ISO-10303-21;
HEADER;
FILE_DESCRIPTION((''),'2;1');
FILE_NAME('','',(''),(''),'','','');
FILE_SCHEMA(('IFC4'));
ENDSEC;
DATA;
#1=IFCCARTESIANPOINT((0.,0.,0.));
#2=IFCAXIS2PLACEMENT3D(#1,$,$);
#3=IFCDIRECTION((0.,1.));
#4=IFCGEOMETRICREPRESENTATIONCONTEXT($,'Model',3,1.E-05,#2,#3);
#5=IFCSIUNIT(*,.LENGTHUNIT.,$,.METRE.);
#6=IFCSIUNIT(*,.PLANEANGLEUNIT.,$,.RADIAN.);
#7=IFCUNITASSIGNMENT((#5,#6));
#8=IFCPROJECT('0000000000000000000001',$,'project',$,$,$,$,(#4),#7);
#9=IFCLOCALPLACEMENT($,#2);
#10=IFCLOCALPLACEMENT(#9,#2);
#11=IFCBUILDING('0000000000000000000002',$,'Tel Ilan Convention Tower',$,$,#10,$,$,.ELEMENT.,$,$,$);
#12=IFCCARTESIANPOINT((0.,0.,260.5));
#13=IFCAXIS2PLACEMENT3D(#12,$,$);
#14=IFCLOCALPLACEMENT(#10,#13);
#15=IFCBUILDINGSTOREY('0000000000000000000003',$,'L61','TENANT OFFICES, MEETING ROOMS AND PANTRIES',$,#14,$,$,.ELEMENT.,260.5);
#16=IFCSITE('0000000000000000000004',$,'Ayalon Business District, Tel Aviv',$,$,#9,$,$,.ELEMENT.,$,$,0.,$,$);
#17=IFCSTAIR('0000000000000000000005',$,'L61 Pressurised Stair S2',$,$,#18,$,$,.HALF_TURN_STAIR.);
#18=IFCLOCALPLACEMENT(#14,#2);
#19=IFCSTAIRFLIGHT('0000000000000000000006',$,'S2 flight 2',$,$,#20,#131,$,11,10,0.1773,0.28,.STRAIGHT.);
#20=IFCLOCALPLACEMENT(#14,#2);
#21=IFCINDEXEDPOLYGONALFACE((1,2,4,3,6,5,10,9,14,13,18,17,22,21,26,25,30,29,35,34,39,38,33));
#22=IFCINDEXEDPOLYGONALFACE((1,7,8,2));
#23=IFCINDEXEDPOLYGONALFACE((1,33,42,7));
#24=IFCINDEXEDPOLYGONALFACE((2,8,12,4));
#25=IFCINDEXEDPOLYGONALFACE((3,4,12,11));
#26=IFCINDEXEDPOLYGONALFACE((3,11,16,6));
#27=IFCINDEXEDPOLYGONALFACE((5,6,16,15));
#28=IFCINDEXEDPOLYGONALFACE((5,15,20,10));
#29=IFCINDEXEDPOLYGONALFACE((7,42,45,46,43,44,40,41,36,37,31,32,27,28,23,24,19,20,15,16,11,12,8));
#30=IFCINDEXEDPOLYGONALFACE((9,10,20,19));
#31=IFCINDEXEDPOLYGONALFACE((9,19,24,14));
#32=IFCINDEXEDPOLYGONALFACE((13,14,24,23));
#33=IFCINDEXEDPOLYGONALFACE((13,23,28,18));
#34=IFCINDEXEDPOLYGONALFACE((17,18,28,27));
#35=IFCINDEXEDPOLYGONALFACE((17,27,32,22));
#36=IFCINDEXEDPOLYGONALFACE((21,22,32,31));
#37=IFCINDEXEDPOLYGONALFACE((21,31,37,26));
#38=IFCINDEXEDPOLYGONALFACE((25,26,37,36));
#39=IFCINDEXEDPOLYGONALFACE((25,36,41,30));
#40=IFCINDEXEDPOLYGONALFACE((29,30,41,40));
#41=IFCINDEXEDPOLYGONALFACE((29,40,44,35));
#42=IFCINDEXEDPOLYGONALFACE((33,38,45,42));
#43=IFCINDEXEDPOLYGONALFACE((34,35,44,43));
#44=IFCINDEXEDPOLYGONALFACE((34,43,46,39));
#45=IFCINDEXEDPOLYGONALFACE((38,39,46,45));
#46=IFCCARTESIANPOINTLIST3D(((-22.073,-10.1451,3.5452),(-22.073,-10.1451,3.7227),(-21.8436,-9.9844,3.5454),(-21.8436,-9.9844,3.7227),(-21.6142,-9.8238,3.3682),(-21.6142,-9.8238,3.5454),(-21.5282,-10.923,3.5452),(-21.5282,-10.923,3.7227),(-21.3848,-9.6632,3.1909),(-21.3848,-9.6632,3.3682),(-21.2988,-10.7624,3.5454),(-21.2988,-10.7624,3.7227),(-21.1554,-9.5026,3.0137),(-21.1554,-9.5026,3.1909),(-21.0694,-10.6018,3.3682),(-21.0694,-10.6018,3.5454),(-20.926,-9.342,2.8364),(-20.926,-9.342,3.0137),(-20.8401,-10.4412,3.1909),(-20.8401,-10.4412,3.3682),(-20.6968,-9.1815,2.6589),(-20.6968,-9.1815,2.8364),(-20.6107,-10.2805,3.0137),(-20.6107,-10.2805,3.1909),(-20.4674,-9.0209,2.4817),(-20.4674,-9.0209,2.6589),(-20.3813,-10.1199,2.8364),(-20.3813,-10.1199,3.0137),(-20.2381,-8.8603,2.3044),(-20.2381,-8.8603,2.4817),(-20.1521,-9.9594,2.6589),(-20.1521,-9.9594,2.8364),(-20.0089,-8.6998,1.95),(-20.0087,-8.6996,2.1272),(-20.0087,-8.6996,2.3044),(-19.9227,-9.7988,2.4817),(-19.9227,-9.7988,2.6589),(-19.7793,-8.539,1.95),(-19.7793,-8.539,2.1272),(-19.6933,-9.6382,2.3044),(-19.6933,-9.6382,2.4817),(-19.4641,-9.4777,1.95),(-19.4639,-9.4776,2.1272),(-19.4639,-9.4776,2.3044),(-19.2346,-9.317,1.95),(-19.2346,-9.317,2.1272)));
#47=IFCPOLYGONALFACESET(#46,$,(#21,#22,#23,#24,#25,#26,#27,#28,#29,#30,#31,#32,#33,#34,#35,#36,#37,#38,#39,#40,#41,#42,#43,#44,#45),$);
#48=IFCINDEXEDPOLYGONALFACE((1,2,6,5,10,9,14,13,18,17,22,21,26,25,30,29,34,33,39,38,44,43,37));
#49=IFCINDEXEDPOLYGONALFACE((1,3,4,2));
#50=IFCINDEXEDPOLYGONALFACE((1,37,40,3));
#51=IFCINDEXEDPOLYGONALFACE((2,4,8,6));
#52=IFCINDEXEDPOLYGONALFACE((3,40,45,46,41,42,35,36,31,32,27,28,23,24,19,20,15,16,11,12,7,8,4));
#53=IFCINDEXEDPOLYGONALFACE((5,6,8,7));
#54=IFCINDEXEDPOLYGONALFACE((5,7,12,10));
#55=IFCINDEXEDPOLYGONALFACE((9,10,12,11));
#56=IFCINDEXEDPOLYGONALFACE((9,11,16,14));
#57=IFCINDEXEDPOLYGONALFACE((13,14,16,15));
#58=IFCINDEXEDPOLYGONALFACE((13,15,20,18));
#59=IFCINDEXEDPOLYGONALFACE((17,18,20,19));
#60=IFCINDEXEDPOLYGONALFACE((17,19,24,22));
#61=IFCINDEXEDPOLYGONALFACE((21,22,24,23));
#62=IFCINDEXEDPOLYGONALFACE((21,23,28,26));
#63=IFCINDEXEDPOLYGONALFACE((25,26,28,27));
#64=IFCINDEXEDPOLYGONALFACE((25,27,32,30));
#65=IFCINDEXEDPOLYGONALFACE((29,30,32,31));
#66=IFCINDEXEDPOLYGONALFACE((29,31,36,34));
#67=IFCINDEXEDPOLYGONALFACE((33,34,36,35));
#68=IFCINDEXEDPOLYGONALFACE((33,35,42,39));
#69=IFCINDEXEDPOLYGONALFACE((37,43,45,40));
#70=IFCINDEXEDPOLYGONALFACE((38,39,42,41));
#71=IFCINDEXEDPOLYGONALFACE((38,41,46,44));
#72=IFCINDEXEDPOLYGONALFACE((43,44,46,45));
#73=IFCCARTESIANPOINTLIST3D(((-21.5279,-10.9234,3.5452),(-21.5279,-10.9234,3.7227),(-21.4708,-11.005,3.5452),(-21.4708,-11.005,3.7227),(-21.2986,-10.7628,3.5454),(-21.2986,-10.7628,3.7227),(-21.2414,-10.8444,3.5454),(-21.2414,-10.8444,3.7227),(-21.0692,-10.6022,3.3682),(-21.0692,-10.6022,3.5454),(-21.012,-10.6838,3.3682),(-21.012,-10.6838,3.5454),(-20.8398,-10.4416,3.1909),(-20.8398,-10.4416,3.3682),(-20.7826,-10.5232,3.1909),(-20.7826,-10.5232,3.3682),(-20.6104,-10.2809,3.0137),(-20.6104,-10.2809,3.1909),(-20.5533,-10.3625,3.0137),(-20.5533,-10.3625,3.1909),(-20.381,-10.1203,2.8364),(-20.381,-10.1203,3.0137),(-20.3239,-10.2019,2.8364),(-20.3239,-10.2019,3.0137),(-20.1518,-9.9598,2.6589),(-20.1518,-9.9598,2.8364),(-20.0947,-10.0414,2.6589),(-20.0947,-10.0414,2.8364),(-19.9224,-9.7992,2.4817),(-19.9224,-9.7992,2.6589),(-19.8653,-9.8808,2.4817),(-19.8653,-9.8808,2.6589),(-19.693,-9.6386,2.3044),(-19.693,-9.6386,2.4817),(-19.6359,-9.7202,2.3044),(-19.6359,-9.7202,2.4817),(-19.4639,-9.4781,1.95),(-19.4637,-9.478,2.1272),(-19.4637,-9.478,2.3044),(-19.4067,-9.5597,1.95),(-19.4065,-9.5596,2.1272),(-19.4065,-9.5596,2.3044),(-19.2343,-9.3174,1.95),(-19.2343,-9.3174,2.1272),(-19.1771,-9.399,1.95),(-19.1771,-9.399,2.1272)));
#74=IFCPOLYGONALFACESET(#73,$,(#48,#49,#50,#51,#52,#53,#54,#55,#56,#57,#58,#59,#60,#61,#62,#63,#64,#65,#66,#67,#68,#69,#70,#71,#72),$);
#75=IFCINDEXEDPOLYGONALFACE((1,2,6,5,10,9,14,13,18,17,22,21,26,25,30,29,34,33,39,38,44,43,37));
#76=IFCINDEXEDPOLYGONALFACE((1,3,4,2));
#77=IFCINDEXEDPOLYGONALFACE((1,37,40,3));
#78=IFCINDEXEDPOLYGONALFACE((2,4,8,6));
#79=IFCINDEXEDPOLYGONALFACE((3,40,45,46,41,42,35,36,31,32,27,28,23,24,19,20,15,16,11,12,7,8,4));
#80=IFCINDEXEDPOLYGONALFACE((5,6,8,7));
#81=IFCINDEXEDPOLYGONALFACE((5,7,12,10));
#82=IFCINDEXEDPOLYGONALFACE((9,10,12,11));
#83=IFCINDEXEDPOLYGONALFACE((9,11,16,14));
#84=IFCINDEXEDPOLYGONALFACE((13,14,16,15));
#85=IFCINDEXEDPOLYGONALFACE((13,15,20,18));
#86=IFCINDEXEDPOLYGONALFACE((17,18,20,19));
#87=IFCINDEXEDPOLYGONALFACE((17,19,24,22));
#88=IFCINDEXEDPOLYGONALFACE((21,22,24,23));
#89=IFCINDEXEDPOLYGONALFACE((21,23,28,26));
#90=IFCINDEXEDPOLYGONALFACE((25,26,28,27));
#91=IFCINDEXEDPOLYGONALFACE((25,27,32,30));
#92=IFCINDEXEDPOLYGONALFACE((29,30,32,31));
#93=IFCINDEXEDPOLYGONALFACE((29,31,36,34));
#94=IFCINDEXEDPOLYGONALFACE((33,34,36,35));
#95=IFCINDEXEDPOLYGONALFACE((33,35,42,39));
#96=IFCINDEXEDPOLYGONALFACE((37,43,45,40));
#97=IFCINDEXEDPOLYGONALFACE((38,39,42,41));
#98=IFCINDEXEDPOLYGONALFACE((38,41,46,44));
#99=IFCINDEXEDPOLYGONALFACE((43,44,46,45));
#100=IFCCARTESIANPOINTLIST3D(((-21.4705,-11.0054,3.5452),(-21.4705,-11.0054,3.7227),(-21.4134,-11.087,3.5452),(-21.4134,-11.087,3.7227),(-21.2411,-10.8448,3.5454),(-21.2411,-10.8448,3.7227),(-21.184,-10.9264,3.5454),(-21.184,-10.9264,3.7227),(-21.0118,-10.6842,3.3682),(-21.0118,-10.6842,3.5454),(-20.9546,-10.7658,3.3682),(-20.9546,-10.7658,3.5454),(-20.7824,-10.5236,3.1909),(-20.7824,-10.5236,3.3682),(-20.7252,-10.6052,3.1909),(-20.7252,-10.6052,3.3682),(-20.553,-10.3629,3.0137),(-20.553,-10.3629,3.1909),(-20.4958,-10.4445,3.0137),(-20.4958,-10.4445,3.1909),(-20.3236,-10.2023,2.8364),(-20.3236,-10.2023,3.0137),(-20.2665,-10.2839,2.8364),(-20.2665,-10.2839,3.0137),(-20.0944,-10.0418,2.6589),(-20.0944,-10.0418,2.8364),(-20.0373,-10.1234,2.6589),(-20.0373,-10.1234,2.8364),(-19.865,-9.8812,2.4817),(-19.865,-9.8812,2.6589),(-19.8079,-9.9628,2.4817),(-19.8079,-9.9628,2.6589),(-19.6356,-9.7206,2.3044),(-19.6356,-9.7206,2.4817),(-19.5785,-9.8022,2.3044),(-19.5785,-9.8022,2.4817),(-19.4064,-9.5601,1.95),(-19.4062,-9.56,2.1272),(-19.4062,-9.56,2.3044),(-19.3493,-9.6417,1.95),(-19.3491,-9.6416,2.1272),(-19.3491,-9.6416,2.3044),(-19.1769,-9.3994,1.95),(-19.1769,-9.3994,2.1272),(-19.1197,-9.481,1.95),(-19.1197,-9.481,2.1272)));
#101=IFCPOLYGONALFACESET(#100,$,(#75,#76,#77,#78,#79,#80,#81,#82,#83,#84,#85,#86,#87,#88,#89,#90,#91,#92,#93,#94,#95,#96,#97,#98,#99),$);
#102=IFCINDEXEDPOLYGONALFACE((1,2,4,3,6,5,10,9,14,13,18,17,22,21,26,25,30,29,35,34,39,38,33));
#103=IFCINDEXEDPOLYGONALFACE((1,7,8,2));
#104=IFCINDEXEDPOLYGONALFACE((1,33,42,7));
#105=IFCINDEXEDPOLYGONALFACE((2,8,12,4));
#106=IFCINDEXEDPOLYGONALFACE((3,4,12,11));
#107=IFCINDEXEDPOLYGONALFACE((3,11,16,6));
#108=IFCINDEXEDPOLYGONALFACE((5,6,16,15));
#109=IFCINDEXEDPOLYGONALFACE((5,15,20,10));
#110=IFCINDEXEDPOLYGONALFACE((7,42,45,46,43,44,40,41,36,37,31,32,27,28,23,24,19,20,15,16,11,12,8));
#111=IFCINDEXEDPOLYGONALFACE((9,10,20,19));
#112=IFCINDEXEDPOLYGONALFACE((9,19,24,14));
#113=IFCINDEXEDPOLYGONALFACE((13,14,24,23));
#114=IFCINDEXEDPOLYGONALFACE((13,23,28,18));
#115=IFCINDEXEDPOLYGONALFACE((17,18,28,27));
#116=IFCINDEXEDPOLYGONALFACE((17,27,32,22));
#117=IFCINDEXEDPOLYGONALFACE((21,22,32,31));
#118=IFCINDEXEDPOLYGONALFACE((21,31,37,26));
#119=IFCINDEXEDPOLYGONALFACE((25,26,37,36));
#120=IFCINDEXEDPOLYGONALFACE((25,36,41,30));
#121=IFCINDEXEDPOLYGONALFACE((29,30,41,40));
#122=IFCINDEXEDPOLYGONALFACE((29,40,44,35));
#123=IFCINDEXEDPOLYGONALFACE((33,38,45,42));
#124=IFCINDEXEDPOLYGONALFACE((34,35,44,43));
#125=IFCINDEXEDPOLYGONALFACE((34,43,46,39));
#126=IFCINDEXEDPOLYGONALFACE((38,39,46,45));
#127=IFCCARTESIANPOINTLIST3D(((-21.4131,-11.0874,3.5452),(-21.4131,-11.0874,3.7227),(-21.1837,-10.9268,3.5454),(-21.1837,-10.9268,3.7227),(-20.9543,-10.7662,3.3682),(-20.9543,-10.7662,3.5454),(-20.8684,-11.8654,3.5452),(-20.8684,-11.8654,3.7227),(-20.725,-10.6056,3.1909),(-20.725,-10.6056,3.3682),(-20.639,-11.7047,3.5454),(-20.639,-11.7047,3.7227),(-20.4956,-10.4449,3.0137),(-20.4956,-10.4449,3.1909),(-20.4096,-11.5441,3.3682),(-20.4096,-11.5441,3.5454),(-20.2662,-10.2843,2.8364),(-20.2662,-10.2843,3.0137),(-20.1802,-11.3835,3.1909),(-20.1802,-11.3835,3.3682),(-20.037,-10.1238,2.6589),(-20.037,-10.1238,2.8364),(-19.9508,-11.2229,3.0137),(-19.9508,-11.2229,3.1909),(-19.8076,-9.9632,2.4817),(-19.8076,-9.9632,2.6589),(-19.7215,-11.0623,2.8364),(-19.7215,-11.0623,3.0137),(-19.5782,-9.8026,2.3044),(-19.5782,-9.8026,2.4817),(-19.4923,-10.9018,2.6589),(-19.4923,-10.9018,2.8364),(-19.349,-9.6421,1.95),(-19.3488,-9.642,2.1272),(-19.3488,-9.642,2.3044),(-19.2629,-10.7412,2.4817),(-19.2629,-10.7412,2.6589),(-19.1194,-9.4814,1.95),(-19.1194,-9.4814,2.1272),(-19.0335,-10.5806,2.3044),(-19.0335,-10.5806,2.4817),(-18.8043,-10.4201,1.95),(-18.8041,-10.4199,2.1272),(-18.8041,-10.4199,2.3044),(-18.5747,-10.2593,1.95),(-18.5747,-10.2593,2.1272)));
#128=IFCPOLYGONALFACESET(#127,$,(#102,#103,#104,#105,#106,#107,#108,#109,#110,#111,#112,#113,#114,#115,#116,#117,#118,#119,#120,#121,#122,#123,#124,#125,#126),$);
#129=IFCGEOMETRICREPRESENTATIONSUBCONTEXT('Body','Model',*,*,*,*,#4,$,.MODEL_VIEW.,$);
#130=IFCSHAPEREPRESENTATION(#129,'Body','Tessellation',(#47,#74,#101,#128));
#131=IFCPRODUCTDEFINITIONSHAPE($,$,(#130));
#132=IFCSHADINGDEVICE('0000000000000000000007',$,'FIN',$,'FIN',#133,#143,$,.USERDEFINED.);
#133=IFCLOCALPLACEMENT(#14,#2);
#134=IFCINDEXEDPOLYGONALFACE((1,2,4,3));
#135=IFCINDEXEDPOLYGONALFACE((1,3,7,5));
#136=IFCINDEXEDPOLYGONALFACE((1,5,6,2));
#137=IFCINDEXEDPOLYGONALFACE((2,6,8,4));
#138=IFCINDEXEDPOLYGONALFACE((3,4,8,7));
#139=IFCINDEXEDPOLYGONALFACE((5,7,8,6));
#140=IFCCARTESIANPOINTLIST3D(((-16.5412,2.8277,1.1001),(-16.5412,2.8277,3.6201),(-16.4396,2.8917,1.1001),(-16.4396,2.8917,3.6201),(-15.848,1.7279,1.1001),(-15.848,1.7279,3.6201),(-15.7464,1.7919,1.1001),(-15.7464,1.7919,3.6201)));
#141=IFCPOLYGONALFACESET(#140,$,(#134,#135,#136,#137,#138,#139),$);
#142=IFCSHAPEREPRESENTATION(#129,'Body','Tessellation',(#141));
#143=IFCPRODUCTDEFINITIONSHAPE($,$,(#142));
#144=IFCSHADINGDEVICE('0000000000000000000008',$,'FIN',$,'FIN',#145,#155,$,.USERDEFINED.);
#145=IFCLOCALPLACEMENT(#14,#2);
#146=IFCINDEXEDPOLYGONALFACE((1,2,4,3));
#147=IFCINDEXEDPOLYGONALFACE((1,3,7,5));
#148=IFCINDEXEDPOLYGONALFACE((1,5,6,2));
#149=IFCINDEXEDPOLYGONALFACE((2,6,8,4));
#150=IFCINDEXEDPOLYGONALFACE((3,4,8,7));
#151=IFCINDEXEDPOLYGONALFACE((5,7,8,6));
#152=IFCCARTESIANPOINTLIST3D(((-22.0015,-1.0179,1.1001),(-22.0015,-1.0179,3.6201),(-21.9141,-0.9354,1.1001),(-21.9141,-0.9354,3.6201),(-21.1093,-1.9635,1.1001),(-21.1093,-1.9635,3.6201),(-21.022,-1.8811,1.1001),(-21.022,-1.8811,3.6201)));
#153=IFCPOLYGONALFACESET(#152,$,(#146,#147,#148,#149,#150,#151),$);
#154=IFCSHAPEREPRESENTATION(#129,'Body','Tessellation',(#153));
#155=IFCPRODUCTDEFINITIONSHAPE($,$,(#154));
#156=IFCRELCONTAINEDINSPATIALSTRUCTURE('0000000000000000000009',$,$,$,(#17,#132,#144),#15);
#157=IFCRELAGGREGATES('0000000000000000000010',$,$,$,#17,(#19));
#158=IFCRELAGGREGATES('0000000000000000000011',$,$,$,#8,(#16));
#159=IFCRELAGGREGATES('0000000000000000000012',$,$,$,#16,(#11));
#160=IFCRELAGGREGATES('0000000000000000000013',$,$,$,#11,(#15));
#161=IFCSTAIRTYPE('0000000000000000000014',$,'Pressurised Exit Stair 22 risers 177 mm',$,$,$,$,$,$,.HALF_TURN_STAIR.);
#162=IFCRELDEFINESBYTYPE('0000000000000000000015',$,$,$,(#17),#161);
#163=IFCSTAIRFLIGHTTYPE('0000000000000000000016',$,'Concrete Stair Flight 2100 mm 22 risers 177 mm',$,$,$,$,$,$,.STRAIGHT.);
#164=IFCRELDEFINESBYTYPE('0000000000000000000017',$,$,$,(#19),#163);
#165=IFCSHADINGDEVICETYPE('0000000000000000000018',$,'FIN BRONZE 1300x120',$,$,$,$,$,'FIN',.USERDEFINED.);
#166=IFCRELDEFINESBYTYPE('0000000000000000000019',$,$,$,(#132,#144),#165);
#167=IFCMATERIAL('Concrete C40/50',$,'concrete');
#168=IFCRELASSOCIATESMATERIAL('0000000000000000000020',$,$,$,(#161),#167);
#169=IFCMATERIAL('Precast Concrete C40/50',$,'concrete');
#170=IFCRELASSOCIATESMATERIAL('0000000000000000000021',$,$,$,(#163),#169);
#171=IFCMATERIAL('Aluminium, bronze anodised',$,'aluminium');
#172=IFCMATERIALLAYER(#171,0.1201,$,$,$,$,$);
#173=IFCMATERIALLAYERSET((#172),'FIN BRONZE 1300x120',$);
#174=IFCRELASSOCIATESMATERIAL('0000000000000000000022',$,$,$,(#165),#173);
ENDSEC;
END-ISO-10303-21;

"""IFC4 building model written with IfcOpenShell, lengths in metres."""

from ifc_helpers import new_model, si_unit, direction, frame, origin, origin_2d, place, context, subcontext, project, spatial, polyline, rectangle, outline, extrude, material, layer, layer_set, type_object, element, aggregate, save


model = new_model("IFC4")

# Units and contexts
model_context = context("Model", 3, precision=1e-05, world=origin(), true_north=direction((0.0, 1.0)))
body_context = subcontext(model_context, "Body", "Model", "MODEL_VIEW")
ifc_project = project(units=[si_unit("LENGTHUNIT", "METRE"), si_unit("PLANEANGLEUNIT", "RADIAN")], contexts=[model_context])

# Site, building, storey
site_placement = place(None, origin())
site = spatial("IfcSite", under=ifc_project, at=site_placement, Name="Ayalon Business District, Tel Aviv", CompositionType="ELEMENT", RefElevation=0.0)
building_placement = place(site_placement, origin())
building = spatial("IfcBuilding", under=site, at=building_placement, Name="Tel Ilan Convention Tower", CompositionType="ELEMENT")
storey_placement = place(building_placement, frame((0.0, 0.0, 260.5)))
storey = spatial("IfcBuildingStorey", under=building, at=storey_placement, Name="L61", Description="TENANT OFFICES, MEETING ROOMS AND PANTRIES", CompositionType="ELEMENT", Elevation=260.5)

# Shared definitions
ifc_material_1 = material(Name="Concrete C40/50", Category="concrete")
stair_type = type_object("IfcStairType", Name="Pressurised Exit Stair 22 risers 177 mm", PredefinedType="HALF_TURN_STAIR", material=ifc_material_1)
ifc_material_2 = material(Name="Precast Concrete C40/50", Category="concrete")
stair_flight_type = type_object("IfcStairFlightType", Name="Concrete Stair Flight 2100 mm 22 risers 177 mm", PredefinedType="STRAIGHT", material=ifc_material_2)

# Stair, stair flight
stair_1_placement = place(storey_placement, origin())
stair_1 = element("IfcStair", 1, at=stair_1_placement, inside=storey, type_object=stair_type, Name="L61 Pressurised Stair S2", PredefinedType="HALF_TURN_STAIR")
stair_flight_1_placement = place(storey_placement, frame((-19.177, -9.3992, 1.95), z_axis=(0.0, 0.0, 1.0), x_axis=(-0.819152, -0.573576, 0.0)))
stair_flight_1 = element("IfcStairFlight", 2, at=stair_flight_1_placement, type_object=stair_flight_type, Name="S2 flight 2", NumberOfRisers=11, NumberOfTreads=10, PredefinedType="STRAIGHT", RiserHeight=0.1773, TreadLength=0.28, context=body_context, shape_type="SweptSolid", body=[
    extrude(outline(polyline([(0.0, 0.0), (0.0, 0.1772), (0.28, 0.1772), (0.28, 0.3545), (0.5601, 0.3545), (0.5601, 0.5317), (0.8401, 0.5317), (0.8401, 0.709), (1.1201, 0.709), (1.1201, 0.8865), (1.3999, 0.8865), (1.3999, 1.0637), (1.6799, 1.0637), (1.6799, 1.241), (1.96, 1.241), (1.96, 1.4182), (2.24, 1.4182), (2.24, 1.5955), (2.52, 1.5955), (2.52, 1.7727), (2.8, 1.7727), (2.8, 1.95), (2.8, 1.5952), (0.2803, 0.0), (0.0, 0.0)])), frame((0.0, -0.1003, 0.0), z_axis=(0.0, -1.0, 0.0), x_axis=(1.0, 0.0, 0.0)), (0.0, 0.0, 1.0), 0.9497),
    extrude(outline(polyline([(0.0, 0.0), (0.0, 0.1772), (0.28, 0.1772), (0.28, 0.3545), (0.5601, 0.3545), (0.5601, 0.5317), (0.8401, 0.5317), (0.8401, 0.709), (1.1201, 0.709), (1.1201, 0.8865), (1.3999, 0.8865), (1.3999, 1.0637), (1.6799, 1.0637), (1.6799, 1.241), (1.96, 1.241), (1.96, 1.4182), (2.24, 1.4182), (2.24, 1.5955), (2.52, 1.5955), (2.52, 1.7727), (2.8, 1.7727), (2.8, 1.95), (2.8, 1.5952), (0.2803, 0.0), (0.0, 0.0)])), frame((0.0, -0.0002, 0.0), z_axis=(0.0, -1.0, 0.0), x_axis=(1.0, 0.0, 0.0)), (0.0, 0.0, 1.0), 0.0996),
    extrude(outline(polyline([(0.0, 0.0), (0.0, 0.1772), (0.28, 0.1772), (0.28, 0.3545), (0.5601, 0.3545), (0.5601, 0.5317), (0.8401, 0.5317), (0.8401, 0.709), (1.1201, 0.709), (1.1201, 0.8865), (1.3999, 0.8865), (1.3999, 1.0637), (1.6799, 1.0637), (1.6799, 1.241), (1.96, 1.241), (1.96, 1.4182), (2.24, 1.4182), (2.24, 1.5955), (2.52, 1.5955), (2.52, 1.7727), (2.8, 1.7727), (2.8, 1.95), (2.8, 1.5952), (0.2803, 0.0), (0.0, 0.0)])), frame((0.0, 0.0999, 0.0), z_axis=(0.0, -1.0, 0.0), x_axis=(1.0, 0.0, 0.0)), (0.0, 0.0, 1.0), 0.0996),
    extrude(outline(polyline([(0.0, 0.0), (0.0, 0.1772), (0.28, 0.1772), (0.28, 0.3545), (0.5601, 0.3545), (0.5601, 0.5317), (0.8401, 0.5317), (0.8401, 0.709), (1.1201, 0.709), (1.1201, 0.8865), (1.3999, 0.8865), (1.3999, 1.0637), (1.6799, 1.0637), (1.6799, 1.241), (1.96, 1.241), (1.96, 1.4182), (2.24, 1.4182), (2.24, 1.5955), (2.52, 1.5955), (2.52, 1.7727), (2.8, 1.7727), (2.8, 1.95), (2.8, 1.5952), (0.2803, 0.0), (0.0, 0.0)])), frame((0.0, 1.05, 0.0), z_axis=(0.0, -1.0, 0.0), x_axis=(1.0, 0.0, 0.0)), (0.0, 0.0, 1.0), 0.9497),
])
aggregate(stair_1, [stair_flight_1])

# Shading devices
ifc_material_3 = material(Name="Aluminium, bronze anodised", Category="aluminium")
ifc_layer_1 = layer(ifc_material_3, 0.1201)
ifc_layer_set_1 = layer_set([ifc_layer_1], Name="FIN BRONZE 1300x120")
shading_device_type = type_object("IfcShadingDeviceType", Name="FIN BRONZE 1300x120", ElementType="FIN", PredefinedType="USERDEFINED", material=ifc_layer_set_1)
for number, where, z_axis, x_axis, name in (
    (3, (-16.1438, 2.3098, 1.1001), (0.0, 0.0, 1.0), (-0.533204, 0.845986, 0.0), "FIN"),
    (4, (-21.5117, -1.4495, 1.1001), (0.0, 0.0, 1.0), (-0.686242, 0.727374, 0.0), "FIN"),
):
    element("IfcShadingDevice", number, at=place(storey_placement, frame(where, z_axis=z_axis, x_axis=x_axis)), inside=storey, type_object=shading_device_type, Name=name, ObjectType="FIN", PredefinedType="USERDEFINED", context=body_context, shape_type="SweptSolid", body=[
        extrude(rectangle(XDim=1.3, YDim=0.1201, at=origin_2d()), origin(), (0.0, 0.0, 1.0), 2.52),
    ])

save(model, "model.ifc")
